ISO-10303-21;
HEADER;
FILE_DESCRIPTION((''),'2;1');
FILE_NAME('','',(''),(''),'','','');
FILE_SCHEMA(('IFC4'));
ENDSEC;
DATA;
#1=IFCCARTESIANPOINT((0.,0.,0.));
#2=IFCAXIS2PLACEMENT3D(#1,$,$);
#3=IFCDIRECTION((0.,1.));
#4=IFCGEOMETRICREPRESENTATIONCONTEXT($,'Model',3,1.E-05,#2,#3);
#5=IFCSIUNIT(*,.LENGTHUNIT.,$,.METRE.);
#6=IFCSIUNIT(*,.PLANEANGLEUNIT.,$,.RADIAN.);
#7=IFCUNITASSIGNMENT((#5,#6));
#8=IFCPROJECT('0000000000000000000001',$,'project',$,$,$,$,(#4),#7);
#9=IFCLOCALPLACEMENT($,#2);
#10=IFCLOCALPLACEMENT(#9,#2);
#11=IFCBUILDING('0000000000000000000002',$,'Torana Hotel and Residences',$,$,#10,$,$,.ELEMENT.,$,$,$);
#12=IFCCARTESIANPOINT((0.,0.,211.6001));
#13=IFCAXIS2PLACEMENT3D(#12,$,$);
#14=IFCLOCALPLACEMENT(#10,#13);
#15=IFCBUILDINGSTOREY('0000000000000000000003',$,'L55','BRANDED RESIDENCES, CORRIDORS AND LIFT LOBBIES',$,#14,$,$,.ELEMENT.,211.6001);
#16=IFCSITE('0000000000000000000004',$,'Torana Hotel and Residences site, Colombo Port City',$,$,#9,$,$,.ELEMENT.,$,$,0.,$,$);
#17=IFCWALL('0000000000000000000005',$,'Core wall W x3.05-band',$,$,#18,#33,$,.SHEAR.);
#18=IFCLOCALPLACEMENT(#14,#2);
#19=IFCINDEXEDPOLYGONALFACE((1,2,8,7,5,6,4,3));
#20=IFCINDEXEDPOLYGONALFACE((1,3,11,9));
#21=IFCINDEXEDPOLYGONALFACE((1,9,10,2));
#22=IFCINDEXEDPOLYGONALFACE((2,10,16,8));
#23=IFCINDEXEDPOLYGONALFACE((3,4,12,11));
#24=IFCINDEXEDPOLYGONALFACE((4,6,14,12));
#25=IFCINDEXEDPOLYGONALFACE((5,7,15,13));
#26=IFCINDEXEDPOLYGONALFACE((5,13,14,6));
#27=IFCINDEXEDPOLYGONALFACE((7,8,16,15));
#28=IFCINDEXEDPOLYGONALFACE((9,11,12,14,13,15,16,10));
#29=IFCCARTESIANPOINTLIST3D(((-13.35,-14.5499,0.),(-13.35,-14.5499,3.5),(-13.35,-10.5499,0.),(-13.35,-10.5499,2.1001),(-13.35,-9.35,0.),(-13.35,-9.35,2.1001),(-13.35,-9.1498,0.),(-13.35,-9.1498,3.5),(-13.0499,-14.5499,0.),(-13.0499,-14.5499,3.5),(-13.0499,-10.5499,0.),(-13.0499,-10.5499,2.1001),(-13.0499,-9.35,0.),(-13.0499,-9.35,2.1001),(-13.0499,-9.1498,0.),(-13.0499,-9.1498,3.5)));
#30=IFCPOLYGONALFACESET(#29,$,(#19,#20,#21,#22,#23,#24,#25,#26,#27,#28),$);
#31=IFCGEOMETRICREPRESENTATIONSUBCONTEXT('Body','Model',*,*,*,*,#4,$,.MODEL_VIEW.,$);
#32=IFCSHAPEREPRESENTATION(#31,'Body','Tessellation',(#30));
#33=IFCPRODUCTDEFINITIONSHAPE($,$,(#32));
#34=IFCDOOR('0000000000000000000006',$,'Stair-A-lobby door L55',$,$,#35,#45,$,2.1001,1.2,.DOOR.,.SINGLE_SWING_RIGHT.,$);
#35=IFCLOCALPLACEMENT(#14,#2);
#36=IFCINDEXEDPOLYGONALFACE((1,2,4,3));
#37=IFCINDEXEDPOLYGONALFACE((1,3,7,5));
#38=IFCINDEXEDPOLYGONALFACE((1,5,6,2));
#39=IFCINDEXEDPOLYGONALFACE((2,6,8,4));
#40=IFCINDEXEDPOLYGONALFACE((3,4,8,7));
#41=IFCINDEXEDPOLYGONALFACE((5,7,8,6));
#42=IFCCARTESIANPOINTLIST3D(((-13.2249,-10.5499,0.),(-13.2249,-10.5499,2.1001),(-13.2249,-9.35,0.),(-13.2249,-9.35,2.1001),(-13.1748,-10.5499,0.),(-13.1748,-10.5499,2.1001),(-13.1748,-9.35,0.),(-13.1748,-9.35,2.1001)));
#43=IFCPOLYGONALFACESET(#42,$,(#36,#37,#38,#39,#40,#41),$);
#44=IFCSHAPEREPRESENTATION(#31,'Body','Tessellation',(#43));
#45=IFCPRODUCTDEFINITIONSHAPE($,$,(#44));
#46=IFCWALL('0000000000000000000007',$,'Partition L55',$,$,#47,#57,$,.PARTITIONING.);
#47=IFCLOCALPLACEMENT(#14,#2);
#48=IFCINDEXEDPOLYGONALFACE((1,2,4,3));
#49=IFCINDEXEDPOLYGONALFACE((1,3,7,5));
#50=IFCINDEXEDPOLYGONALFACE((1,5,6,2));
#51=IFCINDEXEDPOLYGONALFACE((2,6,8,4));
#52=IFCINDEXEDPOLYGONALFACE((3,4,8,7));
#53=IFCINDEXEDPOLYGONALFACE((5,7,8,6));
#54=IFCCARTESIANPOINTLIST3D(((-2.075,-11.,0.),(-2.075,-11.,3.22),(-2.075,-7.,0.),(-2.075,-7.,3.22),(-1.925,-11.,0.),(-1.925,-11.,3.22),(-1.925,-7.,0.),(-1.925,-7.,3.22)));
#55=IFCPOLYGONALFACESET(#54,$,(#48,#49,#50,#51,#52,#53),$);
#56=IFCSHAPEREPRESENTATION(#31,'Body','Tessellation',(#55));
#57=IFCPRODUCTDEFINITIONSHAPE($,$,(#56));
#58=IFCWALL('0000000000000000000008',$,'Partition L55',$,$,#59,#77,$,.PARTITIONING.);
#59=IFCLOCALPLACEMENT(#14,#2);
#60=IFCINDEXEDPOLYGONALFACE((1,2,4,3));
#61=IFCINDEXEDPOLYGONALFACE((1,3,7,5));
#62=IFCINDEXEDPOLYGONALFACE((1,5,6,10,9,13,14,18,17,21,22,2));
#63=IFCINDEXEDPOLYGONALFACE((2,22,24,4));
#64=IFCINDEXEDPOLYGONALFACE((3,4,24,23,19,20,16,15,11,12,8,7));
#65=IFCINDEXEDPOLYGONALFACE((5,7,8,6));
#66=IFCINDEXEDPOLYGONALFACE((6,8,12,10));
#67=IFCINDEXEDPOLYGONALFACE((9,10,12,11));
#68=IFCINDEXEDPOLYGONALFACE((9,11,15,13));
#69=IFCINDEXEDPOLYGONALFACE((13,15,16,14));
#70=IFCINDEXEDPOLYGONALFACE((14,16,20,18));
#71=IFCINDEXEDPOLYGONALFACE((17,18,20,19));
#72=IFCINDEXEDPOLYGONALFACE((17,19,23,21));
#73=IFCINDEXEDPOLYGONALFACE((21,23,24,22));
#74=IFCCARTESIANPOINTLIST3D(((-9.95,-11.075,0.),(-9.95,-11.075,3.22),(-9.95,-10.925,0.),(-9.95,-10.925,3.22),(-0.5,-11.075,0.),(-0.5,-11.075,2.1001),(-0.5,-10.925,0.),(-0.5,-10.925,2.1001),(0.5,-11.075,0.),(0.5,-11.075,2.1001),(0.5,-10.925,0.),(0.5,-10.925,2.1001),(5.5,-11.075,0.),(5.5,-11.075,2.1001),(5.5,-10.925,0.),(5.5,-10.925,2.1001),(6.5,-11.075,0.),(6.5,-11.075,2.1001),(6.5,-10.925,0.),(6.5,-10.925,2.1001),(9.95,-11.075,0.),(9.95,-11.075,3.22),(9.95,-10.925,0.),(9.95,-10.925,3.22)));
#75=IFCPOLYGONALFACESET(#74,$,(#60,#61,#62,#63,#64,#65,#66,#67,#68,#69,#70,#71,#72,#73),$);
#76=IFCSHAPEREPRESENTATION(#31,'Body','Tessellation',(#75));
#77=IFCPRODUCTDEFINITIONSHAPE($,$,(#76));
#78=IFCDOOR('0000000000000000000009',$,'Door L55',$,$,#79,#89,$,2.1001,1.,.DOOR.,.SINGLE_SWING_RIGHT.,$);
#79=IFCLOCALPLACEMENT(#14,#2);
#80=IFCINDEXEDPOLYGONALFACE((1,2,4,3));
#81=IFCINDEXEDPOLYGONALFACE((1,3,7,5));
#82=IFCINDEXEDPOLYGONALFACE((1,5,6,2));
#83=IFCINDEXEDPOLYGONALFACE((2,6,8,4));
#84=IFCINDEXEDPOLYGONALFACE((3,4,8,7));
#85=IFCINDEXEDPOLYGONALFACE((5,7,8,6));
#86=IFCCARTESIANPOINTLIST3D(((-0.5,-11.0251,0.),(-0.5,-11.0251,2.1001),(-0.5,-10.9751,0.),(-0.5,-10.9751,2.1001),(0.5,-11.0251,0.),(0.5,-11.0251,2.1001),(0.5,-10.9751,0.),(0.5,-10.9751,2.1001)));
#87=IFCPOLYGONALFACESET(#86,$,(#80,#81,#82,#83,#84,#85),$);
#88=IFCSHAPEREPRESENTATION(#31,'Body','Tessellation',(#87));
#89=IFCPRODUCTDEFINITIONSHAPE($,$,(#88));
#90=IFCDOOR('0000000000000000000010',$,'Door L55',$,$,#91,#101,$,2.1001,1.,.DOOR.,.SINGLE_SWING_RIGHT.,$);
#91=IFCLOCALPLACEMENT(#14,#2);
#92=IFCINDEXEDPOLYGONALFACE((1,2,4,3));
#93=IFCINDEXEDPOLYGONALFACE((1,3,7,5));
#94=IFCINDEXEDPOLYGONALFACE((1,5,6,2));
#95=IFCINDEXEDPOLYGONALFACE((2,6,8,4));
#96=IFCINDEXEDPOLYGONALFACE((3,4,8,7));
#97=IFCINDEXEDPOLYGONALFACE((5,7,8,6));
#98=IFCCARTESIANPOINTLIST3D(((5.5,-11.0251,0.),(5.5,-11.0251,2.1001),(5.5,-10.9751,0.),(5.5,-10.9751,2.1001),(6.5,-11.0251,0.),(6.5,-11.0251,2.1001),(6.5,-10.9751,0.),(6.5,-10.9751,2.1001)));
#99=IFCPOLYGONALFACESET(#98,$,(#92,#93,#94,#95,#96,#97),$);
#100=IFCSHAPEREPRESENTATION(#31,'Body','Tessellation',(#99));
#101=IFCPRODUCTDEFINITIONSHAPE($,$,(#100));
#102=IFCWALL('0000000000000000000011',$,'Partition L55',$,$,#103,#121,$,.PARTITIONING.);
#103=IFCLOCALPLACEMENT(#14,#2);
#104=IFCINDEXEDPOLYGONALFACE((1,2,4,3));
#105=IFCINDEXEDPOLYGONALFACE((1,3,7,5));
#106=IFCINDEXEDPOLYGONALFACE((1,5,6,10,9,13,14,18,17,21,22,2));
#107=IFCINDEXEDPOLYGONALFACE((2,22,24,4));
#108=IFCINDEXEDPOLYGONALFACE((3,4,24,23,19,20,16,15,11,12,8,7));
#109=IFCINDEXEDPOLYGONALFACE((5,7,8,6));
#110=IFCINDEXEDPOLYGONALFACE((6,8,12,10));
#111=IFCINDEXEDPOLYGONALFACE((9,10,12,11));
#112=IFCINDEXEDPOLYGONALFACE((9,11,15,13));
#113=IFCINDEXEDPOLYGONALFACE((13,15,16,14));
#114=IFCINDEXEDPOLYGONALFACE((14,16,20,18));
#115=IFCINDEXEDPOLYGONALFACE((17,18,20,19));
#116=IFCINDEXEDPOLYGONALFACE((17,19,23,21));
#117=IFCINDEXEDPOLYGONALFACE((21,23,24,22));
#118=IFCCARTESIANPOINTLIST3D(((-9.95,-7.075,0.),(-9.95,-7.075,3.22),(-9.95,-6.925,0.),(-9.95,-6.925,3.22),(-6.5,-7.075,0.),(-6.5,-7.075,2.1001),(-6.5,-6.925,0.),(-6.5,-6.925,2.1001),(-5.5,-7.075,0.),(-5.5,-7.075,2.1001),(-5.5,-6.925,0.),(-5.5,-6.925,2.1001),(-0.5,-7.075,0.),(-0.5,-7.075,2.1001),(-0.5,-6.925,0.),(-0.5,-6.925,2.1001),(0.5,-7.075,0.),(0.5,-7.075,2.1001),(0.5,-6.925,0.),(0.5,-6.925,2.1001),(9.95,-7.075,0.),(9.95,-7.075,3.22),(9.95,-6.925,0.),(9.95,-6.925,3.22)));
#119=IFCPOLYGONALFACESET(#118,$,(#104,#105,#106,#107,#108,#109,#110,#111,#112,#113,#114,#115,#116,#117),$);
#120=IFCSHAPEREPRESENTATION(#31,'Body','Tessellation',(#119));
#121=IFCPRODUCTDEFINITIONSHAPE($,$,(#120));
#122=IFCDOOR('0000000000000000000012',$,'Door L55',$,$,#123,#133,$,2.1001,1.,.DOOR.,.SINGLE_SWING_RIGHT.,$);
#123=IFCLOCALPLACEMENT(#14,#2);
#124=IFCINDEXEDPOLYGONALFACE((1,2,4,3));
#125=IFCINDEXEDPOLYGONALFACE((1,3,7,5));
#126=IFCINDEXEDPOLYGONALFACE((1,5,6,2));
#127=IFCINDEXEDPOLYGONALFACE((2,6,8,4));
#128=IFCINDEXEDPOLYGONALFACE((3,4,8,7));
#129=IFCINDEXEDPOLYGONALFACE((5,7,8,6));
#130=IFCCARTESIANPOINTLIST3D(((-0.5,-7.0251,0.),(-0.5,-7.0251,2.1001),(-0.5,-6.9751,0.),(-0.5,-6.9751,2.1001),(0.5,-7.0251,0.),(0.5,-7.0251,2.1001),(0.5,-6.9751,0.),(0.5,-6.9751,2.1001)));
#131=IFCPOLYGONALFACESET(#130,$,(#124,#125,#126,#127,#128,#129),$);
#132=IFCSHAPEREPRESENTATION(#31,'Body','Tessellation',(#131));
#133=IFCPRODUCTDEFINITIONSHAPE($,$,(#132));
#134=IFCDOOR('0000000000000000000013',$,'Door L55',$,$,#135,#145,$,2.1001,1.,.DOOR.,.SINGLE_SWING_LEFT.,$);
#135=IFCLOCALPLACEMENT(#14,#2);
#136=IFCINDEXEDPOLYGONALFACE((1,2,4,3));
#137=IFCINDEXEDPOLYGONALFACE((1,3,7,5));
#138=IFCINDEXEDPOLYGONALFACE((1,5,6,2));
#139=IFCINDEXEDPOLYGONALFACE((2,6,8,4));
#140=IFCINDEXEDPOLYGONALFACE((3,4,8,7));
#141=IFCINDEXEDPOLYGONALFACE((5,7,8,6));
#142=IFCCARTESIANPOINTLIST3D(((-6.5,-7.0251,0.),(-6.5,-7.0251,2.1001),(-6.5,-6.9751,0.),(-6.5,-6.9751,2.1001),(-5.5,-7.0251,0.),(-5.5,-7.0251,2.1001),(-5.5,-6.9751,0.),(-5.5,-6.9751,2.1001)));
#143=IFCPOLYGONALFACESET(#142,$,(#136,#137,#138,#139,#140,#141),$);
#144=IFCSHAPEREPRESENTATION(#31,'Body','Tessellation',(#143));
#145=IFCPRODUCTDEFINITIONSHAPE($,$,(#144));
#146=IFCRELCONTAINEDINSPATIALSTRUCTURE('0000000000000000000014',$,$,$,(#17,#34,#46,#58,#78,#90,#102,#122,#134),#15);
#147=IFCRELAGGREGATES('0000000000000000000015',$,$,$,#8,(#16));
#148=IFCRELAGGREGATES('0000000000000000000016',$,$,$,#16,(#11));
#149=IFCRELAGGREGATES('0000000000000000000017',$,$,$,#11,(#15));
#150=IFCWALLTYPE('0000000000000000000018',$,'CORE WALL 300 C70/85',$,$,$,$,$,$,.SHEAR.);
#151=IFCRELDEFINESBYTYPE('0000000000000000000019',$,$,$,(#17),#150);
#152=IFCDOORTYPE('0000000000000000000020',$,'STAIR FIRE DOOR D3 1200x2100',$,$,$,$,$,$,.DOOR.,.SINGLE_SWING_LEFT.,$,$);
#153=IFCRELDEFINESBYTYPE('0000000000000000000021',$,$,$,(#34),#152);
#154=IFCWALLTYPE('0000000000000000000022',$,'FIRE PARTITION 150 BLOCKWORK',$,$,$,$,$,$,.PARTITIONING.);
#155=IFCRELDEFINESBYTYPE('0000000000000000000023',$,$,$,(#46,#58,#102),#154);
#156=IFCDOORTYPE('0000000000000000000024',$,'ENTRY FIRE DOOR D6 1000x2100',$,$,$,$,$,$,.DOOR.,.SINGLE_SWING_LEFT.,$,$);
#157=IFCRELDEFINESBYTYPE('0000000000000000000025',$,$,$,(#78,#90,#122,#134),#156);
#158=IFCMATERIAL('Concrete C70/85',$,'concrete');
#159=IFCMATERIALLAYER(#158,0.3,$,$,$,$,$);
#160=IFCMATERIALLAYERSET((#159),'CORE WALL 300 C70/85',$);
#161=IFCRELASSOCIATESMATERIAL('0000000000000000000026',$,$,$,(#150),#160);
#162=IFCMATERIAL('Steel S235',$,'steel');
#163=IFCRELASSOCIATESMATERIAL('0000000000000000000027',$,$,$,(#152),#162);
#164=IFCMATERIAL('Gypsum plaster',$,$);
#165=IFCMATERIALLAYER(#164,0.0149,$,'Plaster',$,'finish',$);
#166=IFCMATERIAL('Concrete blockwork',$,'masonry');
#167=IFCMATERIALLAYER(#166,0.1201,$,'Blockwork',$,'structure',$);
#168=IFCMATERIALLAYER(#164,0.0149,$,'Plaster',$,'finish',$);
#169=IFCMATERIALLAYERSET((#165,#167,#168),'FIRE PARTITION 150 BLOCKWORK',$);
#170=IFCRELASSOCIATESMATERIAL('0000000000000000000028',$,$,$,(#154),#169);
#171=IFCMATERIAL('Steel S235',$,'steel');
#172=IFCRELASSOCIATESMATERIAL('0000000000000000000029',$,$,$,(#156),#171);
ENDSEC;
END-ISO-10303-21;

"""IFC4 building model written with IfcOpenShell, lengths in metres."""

from ifc_helpers import new_model, si_unit, direction, frame, frame_2d, origin, place, context, subcontext, project, spatial, rectangle, extrude, material, layer, layer_set, type_object, element, fill, save


model = new_model("IFC4")

# Units and contexts
model_context = context("Model", 3, precision=1e-05, world=origin(), true_north=direction((0.0, 1.0)))
body_context = subcontext(model_context, "Body", "Model", "MODEL_VIEW")
ifc_project = project(units=[si_unit("LENGTHUNIT", "METRE"), si_unit("PLANEANGLEUNIT", "RADIAN")], contexts=[model_context])

# Site, building, storey
site_placement = place(None, origin())
site = spatial("IfcSite", under=ifc_project, at=site_placement, Name="Torana Hotel and Residences site, Colombo Port City", CompositionType="ELEMENT", RefElevation=0.0)
building_placement = place(site_placement, origin())
building = spatial("IfcBuilding", under=site, at=building_placement, Name="Torana Hotel and Residences", CompositionType="ELEMENT")
storey_placement = place(building_placement, frame((0.0, 0.0, 211.6001)))
storey = spatial("IfcBuildingStorey", under=building, at=storey_placement, Name="L55", Description="BRANDED RESIDENCES, CORRIDORS AND LIFT LOBBIES", CompositionType="ELEMENT", Elevation=211.6001)

# Shared definitions
ifc_material_1 = material(Name="Concrete C70/85", Category="concrete")
ifc_layer_1 = layer(ifc_material_1, 0.3)
ifc_layer_set_1 = layer_set([ifc_layer_1], Name="CORE WALL 300 C70/85")
wall_type_1 = type_object("IfcWallType", Name="CORE WALL 300 C70/85", PredefinedType="SHEAR", material=ifc_layer_set_1)

# Wall, opening, door
wall_1_placement = place(storey_placement, frame((-13.2, -14.55, 0.0), z_axis=(0.0, 0.0, 1.0), x_axis=(0.0, 1.0, 0.0)))
wall_1 = element("IfcWall", 1, at=wall_1_placement, inside=storey, type_object=wall_type_1, Name="Core wall W x3.05-band", PredefinedType="SHEAR", context=body_context, shape_type="SweptSolid", body=[
    extrude(rectangle(XDim=5.4001, YDim=0.3, at=frame_2d((2.7002, 0.0))), origin(), (0.0, 0.0, 1.0), 3.5),
])
opening_1_placement = place(wall_1_placement, frame((4.0, 0.0, 0.0)))
opening_1 = element("IfcOpeningElement", 2, at=opening_1_placement, cuts=wall_1, PredefinedType="OPENING", context=body_context, shape_type="SweptSolid", body=[
    extrude(rectangle(XDim=1.2, YDim=2.1001, at=frame_2d((0.6001, 1.05))), frame((0.0, 0.1599, 0.0), z_axis=(0.0, -1.0, 0.0), x_axis=(1.0, 0.0, 0.0)), (0.0, 0.0, 1.0), 0.3201),
])
ifc_material_2 = material(Name="Steel S235", Category="steel")
door_type_1 = type_object("IfcDoorType", Name="STAIR FIRE DOOR D3 1200x2100", OperationType="SINGLE_SWING_LEFT", PredefinedType="DOOR", material=ifc_material_2)
door_1_placement = place(opening_1_placement, frame((0.6001, 0.0, 0.0), z_axis=(0.0, 0.0, 1.0), x_axis=(-1.0, 0.0, 0.0)))
door_1 = element("IfcDoor", 3, at=door_1_placement, inside=storey, type_object=door_type_1, Name="Stair-A-lobby door L55", OperationType="SINGLE_SWING_RIGHT", OverallHeight=2.1001, OverallWidth=1.2, PredefinedType="DOOR", context=body_context, shape_type="SweptSolid", body=[
    extrude(rectangle(XDim=1.2, YDim=2.1001, at=frame_2d((0.0, 1.05))), frame((0.0, -0.0249, 0.0), z_axis=(0.0, 1.0, 0.0), x_axis=(-1.0, 0.0, 0.0)), (0.0, 0.0, 1.0), 0.05),
])
fill(opening_1, door_1)

# Wall
ifc_material_3 = material(Name="Gypsum plaster")
ifc_layer_2 = layer(ifc_material_3, 0.0149, Name="Plaster", Category="finish")
ifc_material_4 = material(Name="Concrete blockwork", Category="masonry")
ifc_layer_3 = layer(ifc_material_4, 0.1201, Name="Blockwork", Category="structure")
ifc_layer_4 = layer(ifc_material_3, 0.0149, Name="Plaster", Category="finish")
ifc_layer_set_2 = layer_set([ifc_layer_2, ifc_layer_3, ifc_layer_4], Name="FIRE PARTITION 150 BLOCKWORK")
wall_type_2 = type_object("IfcWallType", Name="FIRE PARTITION 150 BLOCKWORK", PredefinedType="PARTITIONING", material=ifc_layer_set_2)
wall_2_placement = place(storey_placement, frame((-2.0, -11.0, 0.0), z_axis=(0.0, 0.0, 1.0), x_axis=(0.0, 1.0, 0.0)))
element("IfcWall", 4, at=wall_2_placement, inside=storey, type_object=wall_type_2, Name="Partition L55", PredefinedType="PARTITIONING", context=body_context, shape_type="SweptSolid", body=[
    extrude(rectangle(XDim=4.0, YDim=0.1499, at=frame_2d((2.0, 0.0))), origin(), (0.0, 0.0, 1.0), 3.22),
])

# Walls, openings, doors
wall_3_placement = place(storey_placement, frame((-9.95, -11.0, 0.0), z_axis=(0.0, 0.0, 1.0), x_axis=(1.0, 0.0, 0.0)))
wall_3 = element("IfcWall", 5, at=wall_3_placement, inside=storey, type_object=wall_type_2, Name="Partition L55", PredefinedType="PARTITIONING", context=body_context, shape_type="SweptSolid", body=[
    extrude(rectangle(XDim=19.8999, YDim=0.1499, at=frame_2d((9.95, 0.0))), origin(), (0.0, 0.0, 1.0), 3.22),
])
opening_2_placement = place(wall_3_placement, frame((9.45, 0.0, 0.0)))
opening_2 = element("IfcOpeningElement", 6, at=opening_2_placement, cuts=wall_3, PredefinedType="OPENING", context=body_context, shape_type="SweptSolid", body=[
    extrude(rectangle(XDim=1.0, YDim=2.1001, at=frame_2d((0.5, 1.05))), frame((0.0, 0.085, 0.0), z_axis=(0.0, -1.0, 0.0), x_axis=(1.0, 0.0, 0.0)), (0.0, 0.0, 1.0), 0.1699),
])
opening_3_placement = place(wall_3_placement, frame((15.45, 0.0, 0.0)))
opening_3 = element("IfcOpeningElement", 7, at=opening_3_placement, cuts=wall_3, PredefinedType="OPENING", context=body_context, shape_type="SweptSolid", body=[
    extrude(rectangle(XDim=1.0, YDim=2.1001, at=frame_2d((0.5, 1.05))), frame((0.0, 0.085, 0.0), z_axis=(0.0, -1.0, 0.0), x_axis=(1.0, 0.0, 0.0)), (0.0, 0.0, 1.0), 0.1699),
])
ifc_material_5 = material(Name="Steel S235", Category="steel")
door_type_2 = type_object("IfcDoorType", Name="ENTRY FIRE DOOR D6 1000x2100", OperationType="SINGLE_SWING_LEFT", PredefinedType="DOOR", material=ifc_material_5)
door_2_placement = place(opening_2_placement, origin())
door_2 = element("IfcDoor", 8, at=door_2_placement, inside=storey, type_object=door_type_2, Name="Door L55", OperationType="SINGLE_SWING_RIGHT", OverallHeight=2.1001, OverallWidth=1.0, PredefinedType="DOOR", context=body_context, shape_type="SweptSolid", body=[
    extrude(rectangle(XDim=1.0, YDim=2.1001, at=frame_2d((0.5, 1.05))), frame((0.0, 0.0249, 0.0), z_axis=(0.0, -1.0, 0.0), x_axis=(1.0, 0.0, 0.0)), (0.0, 0.0, 1.0), 0.05),
])
fill(opening_2, door_2)
door_3_placement = place(opening_3_placement, origin())
door_3 = element("IfcDoor", 9, at=door_3_placement, inside=storey, type_object=door_type_2, Name="Door L55", OperationType="SINGLE_SWING_RIGHT", OverallHeight=2.1001, OverallWidth=1.0, PredefinedType="DOOR", context=body_context, shape_type="SweptSolid", body=[
    extrude(rectangle(XDim=1.0, YDim=2.1001, at=frame_2d((0.5, 1.05))), frame((0.0, 0.0249, 0.0), z_axis=(0.0, -1.0, 0.0), x_axis=(1.0, 0.0, 0.0)), (0.0, 0.0, 1.0), 0.05),
])
fill(opening_3, door_3)
wall_4_placement = place(storey_placement, frame((-9.95, -7.0, 0.0), z_axis=(0.0, 0.0, 1.0), x_axis=(1.0, 0.0, 0.0)))
wall_4 = element("IfcWall", 10, at=wall_4_placement, inside=storey, type_object=wall_type_2, Name="Partition L55", PredefinedType="PARTITIONING", context=body_context, shape_type="SweptSolid", body=[
    extrude(rectangle(XDim=19.8999, YDim=0.1499, at=frame_2d((9.95, 0.0))), origin(), (0.0, 0.0, 1.0), 3.22),
])
opening_4_placement = place(wall_4_placement, frame((9.45, 0.0, 0.0)))
opening_4 = element("IfcOpeningElement", 11, at=opening_4_placement, cuts=wall_4, PredefinedType="OPENING", context=body_context, shape_type="SweptSolid", body=[
    extrude(rectangle(XDim=1.0, YDim=2.1001, at=frame_2d((0.5, 1.05))), frame((0.0, 0.085, 0.0), z_axis=(0.0, -1.0, 0.0), x_axis=(1.0, 0.0, 0.0)), (0.0, 0.0, 1.0), 0.1699),
])
opening_5_placement = place(wall_4_placement, frame((3.45, 0.0, 0.0)))
opening_5 = element("IfcOpeningElement", 12, at=opening_5_placement, cuts=wall_4, PredefinedType="OPENING", context=body_context, shape_type="SweptSolid", body=[
    extrude(rectangle(XDim=1.0, YDim=2.1001, at=frame_2d((0.5, 1.05))), frame((0.0, 0.085, 0.0), z_axis=(0.0, -1.0, 0.0), x_axis=(1.0, 0.0, 0.0)), (0.0, 0.0, 1.0), 0.1699),
])
door_4_placement = place(opening_4_placement, origin())
door_4 = element("IfcDoor", 13, at=door_4_placement, inside=storey, type_object=door_type_2, Name="Door L55", OperationType="SINGLE_SWING_RIGHT", OverallHeight=2.1001, OverallWidth=1.0, PredefinedType="DOOR", context=body_context, shape_type="SweptSolid", body=[
    extrude(rectangle(XDim=1.0, YDim=2.1001, at=frame_2d((0.5, 1.05))), frame((0.0, 0.0249, 0.0), z_axis=(0.0, -1.0, 0.0), x_axis=(1.0, 0.0, 0.0)), (0.0, 0.0, 1.0), 0.05),
])
fill(opening_4, door_4)
door_5_placement = place(opening_5_placement, frame((0.5, 0.0, 0.0), z_axis=(0.0, 0.0, 1.0), x_axis=(-1.0, 0.0, 0.0)))
door_5 = element("IfcDoor", 14, at=door_5_placement, inside=storey, type_object=door_type_2, Name="Door L55", OperationType="SINGLE_SWING_LEFT", OverallHeight=2.1001, OverallWidth=1.0, PredefinedType="DOOR", context=body_context, shape_type="SweptSolid", body=[
    extrude(rectangle(XDim=1.0, YDim=2.1001, at=frame_2d((0.0, 1.05))), frame((0.0, -0.0249, 0.0), z_axis=(0.0, 1.0, 0.0), x_axis=(-1.0, 0.0, 0.0)), (0.0, 0.0, 1.0), 0.05),
])
fill(opening_5, door_5)

save(model, "model.ifc")
